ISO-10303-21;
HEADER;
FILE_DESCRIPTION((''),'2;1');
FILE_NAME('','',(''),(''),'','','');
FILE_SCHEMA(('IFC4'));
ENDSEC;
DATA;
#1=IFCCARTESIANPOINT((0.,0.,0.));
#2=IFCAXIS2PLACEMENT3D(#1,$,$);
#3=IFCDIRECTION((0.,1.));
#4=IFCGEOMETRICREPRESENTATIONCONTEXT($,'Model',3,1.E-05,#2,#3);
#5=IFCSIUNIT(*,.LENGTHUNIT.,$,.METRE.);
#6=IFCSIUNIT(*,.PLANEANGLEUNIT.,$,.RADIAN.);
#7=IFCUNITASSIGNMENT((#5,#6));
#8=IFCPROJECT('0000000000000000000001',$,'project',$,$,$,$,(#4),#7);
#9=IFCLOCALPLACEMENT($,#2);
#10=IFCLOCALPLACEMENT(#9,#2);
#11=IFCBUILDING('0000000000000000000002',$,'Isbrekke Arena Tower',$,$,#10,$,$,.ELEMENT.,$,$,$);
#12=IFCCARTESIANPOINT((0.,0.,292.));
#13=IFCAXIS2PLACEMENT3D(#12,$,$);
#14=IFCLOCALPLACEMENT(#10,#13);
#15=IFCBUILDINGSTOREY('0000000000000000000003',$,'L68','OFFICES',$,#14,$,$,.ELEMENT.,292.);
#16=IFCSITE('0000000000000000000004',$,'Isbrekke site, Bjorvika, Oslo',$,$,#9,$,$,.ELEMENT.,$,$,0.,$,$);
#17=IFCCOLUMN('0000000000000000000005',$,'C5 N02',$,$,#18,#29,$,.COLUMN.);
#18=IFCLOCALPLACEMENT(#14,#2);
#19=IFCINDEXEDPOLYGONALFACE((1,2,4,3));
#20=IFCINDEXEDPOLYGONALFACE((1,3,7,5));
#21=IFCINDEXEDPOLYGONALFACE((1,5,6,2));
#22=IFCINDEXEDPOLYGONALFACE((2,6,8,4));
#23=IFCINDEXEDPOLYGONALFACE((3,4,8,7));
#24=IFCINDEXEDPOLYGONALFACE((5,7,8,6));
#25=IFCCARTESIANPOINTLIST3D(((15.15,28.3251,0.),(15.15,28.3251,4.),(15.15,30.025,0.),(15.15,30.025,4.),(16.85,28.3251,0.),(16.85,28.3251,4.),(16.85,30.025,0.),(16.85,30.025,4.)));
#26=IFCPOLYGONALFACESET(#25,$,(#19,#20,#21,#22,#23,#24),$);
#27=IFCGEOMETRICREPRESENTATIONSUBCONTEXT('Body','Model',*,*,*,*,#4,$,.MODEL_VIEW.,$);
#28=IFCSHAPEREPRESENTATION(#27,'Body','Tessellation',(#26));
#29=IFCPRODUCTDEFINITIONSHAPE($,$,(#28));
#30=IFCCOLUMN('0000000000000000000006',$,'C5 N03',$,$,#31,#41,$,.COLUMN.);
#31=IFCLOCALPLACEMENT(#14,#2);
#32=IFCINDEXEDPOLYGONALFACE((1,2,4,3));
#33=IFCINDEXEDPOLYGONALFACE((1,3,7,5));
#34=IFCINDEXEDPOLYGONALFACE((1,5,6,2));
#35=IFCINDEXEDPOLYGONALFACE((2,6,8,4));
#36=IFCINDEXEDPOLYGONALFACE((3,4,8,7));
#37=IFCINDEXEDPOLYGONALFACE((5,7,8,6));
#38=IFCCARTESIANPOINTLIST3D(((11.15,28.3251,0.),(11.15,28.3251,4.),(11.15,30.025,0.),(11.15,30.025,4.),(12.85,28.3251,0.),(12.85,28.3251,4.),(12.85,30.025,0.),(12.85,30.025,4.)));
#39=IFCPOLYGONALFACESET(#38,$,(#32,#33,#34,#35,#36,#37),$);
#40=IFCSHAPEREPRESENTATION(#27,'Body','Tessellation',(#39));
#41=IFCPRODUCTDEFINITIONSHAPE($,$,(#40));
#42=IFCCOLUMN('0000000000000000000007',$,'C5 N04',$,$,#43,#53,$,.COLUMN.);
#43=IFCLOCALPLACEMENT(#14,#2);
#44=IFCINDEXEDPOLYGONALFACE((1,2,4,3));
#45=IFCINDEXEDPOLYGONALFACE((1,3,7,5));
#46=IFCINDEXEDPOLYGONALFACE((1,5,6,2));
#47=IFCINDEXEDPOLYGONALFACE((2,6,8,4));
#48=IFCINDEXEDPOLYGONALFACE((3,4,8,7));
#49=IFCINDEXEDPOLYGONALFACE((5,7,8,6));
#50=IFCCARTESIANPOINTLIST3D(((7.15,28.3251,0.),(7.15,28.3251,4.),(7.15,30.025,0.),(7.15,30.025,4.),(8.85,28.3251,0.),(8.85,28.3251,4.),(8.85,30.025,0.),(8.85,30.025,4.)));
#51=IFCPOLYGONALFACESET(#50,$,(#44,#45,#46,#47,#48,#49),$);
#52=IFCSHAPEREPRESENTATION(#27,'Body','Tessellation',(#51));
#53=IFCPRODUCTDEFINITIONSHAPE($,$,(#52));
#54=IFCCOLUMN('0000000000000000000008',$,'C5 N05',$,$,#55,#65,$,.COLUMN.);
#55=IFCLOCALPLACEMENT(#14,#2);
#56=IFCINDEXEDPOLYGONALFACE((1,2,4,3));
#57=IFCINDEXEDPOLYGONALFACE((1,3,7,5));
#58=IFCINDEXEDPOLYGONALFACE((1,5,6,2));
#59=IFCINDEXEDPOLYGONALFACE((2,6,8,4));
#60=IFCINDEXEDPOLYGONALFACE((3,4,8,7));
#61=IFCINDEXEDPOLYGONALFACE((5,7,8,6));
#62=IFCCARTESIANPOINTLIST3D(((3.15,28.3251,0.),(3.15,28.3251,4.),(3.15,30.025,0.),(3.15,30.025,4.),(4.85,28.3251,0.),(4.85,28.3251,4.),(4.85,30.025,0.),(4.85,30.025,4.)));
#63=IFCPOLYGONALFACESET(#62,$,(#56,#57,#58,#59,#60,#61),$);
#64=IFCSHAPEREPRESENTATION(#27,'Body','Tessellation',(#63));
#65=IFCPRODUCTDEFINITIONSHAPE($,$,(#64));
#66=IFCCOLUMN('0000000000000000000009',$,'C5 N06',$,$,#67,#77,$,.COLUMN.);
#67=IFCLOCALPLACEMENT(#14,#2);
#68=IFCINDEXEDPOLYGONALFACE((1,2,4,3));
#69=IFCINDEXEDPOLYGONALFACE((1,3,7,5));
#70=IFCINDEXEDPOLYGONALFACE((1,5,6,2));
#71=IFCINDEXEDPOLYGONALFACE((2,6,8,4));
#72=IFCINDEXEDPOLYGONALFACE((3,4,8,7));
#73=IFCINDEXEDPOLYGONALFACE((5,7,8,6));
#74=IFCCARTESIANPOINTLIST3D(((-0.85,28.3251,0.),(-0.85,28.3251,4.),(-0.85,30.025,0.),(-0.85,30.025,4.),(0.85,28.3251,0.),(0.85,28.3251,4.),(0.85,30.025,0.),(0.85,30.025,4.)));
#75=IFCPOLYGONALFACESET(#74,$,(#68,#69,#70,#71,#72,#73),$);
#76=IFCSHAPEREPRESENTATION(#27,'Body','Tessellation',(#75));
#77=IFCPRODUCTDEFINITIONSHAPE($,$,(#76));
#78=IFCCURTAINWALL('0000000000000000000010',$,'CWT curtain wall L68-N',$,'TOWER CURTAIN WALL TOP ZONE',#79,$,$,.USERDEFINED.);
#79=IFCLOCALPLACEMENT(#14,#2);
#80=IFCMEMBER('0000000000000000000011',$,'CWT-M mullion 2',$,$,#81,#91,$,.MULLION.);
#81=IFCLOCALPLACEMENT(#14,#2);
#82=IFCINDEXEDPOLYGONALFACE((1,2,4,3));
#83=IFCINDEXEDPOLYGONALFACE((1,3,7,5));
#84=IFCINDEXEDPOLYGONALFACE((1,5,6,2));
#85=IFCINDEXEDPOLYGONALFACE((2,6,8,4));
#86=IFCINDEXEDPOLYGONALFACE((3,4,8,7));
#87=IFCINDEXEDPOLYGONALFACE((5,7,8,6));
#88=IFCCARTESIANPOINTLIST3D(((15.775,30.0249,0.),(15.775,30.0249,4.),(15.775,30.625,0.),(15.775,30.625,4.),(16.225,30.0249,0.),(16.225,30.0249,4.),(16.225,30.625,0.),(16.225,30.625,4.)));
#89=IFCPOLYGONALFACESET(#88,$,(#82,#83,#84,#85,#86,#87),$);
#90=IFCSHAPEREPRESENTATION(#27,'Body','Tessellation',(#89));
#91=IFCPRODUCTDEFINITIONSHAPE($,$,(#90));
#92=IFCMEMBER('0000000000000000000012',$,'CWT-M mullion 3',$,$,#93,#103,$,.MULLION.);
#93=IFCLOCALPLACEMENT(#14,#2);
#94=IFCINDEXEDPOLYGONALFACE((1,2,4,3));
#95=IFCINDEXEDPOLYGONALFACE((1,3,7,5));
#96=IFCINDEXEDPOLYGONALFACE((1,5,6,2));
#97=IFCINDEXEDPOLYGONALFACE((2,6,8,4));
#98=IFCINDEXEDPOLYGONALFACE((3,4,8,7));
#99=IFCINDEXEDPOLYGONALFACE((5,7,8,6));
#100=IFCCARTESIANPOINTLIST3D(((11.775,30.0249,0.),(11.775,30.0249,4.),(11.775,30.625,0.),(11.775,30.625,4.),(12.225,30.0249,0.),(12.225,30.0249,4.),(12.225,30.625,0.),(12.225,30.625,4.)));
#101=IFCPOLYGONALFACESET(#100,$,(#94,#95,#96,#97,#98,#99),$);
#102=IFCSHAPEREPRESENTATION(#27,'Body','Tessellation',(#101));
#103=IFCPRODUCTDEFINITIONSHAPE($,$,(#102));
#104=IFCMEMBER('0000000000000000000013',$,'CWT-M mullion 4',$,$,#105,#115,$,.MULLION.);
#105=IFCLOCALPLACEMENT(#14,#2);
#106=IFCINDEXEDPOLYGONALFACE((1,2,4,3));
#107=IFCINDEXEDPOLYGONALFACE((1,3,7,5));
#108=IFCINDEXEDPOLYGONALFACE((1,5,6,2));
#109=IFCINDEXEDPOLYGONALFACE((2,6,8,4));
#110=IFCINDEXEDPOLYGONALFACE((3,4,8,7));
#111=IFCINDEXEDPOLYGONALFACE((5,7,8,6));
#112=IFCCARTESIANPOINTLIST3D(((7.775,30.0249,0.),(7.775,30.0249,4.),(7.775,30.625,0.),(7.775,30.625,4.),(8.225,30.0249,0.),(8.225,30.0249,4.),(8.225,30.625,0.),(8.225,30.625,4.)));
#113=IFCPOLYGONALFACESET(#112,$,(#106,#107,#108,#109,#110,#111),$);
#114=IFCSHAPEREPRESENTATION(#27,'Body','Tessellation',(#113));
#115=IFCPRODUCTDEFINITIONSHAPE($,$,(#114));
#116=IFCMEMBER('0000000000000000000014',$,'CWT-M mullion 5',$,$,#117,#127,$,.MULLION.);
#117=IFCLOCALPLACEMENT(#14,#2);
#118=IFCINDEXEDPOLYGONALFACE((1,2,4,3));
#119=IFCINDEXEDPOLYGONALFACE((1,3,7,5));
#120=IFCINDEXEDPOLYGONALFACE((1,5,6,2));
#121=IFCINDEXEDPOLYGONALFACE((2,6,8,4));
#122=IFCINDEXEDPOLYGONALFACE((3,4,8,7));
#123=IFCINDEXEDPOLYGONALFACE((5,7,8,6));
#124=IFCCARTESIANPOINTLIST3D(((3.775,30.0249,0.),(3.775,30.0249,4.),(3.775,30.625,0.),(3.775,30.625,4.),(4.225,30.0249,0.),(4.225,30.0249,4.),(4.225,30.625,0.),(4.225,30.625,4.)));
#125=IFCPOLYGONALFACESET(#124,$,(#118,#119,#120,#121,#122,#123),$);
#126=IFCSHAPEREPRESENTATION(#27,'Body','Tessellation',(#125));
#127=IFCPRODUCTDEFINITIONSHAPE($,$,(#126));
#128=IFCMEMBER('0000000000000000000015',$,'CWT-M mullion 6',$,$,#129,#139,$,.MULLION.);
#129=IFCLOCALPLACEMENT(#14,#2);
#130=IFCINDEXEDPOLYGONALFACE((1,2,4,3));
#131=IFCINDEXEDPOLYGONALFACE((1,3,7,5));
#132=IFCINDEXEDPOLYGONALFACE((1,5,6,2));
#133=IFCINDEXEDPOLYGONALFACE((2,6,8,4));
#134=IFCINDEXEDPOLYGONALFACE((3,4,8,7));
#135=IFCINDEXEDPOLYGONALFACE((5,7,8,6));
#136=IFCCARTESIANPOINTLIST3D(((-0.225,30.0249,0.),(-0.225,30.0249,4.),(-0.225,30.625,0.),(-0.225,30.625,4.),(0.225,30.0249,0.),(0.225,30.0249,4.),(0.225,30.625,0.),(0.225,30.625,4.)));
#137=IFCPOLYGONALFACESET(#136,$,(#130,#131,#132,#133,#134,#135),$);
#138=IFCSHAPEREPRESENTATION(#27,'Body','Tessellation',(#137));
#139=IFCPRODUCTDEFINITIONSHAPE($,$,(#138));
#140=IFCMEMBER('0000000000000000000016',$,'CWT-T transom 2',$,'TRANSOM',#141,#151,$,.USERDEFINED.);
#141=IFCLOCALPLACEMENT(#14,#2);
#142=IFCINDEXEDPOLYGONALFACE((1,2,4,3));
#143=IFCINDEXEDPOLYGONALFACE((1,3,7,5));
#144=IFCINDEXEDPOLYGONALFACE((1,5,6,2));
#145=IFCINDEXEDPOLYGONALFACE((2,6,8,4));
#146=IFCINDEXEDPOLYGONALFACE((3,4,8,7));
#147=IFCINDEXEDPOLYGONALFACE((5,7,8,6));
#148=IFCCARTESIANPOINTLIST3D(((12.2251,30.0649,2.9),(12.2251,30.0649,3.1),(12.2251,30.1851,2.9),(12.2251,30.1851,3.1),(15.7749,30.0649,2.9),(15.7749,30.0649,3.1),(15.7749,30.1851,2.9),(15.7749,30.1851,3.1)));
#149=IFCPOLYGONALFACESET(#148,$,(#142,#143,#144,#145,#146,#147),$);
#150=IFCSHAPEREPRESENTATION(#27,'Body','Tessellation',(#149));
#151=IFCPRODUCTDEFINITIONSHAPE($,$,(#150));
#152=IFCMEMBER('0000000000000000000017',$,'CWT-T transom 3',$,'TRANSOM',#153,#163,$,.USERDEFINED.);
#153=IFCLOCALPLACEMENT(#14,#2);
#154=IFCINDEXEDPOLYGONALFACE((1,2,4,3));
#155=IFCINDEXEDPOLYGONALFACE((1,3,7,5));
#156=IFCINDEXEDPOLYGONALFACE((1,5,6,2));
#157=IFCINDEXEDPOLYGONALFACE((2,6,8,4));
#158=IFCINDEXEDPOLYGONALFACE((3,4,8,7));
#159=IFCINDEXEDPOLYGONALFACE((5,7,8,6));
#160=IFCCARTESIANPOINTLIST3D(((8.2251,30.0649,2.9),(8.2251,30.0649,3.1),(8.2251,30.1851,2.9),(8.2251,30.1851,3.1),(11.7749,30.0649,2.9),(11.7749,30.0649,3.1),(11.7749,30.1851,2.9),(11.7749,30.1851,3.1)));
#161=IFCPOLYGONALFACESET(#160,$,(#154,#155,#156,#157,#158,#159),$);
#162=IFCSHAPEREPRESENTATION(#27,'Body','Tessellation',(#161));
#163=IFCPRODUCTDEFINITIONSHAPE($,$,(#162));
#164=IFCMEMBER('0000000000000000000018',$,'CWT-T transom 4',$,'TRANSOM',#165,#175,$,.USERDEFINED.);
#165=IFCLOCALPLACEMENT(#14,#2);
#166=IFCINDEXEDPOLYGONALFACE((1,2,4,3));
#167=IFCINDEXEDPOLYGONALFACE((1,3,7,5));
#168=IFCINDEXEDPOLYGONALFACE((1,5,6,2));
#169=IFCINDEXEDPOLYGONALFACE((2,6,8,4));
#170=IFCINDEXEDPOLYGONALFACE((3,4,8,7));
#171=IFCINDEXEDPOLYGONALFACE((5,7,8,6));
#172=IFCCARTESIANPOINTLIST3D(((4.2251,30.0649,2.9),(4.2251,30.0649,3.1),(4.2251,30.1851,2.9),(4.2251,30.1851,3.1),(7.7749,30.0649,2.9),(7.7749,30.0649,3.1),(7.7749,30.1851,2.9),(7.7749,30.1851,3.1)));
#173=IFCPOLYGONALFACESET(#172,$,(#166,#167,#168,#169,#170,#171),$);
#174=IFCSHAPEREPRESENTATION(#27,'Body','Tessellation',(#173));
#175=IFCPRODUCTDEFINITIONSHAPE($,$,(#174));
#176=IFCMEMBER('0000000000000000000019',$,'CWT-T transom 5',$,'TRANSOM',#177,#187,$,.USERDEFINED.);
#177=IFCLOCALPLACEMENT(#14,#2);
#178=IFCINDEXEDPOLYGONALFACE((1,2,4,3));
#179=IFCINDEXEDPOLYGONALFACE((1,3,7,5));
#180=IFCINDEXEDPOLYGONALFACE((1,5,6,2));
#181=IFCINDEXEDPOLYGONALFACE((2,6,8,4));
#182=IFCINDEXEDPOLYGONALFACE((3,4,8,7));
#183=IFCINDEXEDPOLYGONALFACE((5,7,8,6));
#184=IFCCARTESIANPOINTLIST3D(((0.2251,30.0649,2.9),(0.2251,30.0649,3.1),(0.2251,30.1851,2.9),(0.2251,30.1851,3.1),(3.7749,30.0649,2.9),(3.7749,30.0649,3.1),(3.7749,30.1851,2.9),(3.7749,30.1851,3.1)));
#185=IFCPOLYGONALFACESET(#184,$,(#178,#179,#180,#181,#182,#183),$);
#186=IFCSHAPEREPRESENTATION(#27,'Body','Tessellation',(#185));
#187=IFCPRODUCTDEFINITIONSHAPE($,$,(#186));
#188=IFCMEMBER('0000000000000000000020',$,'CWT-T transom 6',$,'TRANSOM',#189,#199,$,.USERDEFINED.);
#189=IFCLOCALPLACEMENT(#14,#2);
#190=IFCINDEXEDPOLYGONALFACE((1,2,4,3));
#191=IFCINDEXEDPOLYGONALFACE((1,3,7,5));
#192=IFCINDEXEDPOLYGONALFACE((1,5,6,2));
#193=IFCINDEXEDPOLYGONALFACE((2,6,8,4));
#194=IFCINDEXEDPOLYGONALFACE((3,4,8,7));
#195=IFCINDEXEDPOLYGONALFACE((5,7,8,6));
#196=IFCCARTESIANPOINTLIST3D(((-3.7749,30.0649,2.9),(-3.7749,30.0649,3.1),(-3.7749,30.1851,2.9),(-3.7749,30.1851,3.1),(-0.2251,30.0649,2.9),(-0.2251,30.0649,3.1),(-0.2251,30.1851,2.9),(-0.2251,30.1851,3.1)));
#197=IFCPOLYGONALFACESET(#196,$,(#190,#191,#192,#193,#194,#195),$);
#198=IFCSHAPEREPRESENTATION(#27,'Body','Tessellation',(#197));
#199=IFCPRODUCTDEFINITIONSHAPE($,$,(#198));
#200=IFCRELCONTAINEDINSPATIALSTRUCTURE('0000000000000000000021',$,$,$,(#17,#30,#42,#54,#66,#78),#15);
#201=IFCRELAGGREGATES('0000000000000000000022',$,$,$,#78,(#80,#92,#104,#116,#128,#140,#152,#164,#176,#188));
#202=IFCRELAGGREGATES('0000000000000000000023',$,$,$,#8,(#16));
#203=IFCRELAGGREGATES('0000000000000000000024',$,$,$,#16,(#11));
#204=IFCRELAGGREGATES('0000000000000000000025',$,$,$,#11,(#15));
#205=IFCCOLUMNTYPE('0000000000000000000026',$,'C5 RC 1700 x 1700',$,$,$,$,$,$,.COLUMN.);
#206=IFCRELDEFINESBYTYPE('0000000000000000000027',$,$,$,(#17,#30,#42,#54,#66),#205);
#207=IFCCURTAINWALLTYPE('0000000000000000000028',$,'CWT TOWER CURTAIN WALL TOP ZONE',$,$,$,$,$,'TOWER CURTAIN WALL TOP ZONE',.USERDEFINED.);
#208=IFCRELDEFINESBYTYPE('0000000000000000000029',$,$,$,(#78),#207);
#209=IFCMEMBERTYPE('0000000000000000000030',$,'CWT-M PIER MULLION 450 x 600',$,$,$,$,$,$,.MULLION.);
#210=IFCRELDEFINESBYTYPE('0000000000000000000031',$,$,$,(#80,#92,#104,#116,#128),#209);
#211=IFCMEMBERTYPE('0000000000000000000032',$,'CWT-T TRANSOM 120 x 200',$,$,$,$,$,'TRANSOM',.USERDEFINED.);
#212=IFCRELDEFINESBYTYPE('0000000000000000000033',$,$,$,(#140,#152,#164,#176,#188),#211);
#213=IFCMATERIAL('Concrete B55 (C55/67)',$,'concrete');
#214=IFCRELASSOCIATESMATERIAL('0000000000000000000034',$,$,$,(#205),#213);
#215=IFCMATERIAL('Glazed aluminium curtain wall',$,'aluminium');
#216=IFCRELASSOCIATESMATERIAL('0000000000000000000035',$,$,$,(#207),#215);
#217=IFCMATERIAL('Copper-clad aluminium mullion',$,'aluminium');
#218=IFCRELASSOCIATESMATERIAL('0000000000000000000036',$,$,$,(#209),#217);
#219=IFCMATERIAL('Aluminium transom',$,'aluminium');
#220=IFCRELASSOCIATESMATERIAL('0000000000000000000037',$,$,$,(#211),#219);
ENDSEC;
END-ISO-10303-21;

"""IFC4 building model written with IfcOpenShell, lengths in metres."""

from ifc_helpers import new_model, si_unit, direction, frame, origin, origin_2d, place, context, subcontext, project, spatial, rectangle, extrude, material, material_profile, profile_set, type_object, element, aggregate, save


model = new_model("IFC4")

# Units and contexts
model_context = context("Model", 3, precision=1e-05, world=origin(), true_north=direction((0.0, 1.0)))
body_context = subcontext(model_context, "Body", "Model", "MODEL_VIEW")
ifc_project = project(units=[si_unit("LENGTHUNIT", "METRE"), si_unit("PLANEANGLEUNIT", "RADIAN")], contexts=[model_context])

# Site, building, storey
site_placement = place(None, origin())
site = spatial("IfcSite", under=ifc_project, at=site_placement, Name="Isbrekke site, Bjorvika, Oslo", CompositionType="ELEMENT", RefElevation=0.0)
building_placement = place(site_placement, origin())
building = spatial("IfcBuilding", under=site, at=building_placement, Name="Isbrekke Arena Tower", CompositionType="ELEMENT")
storey_placement = place(building_placement, frame((0.0, 0.0, 292.0)))
storey = spatial("IfcBuildingStorey", under=building, at=storey_placement, Name="L68", Description="OFFICES", CompositionType="ELEMENT", Elevation=292.0)

# Columns
ifc_material_1 = material(Name="Concrete B55 (C55/67)", Category="concrete")
ifc_material_profile_1 = material_profile(ifc_material_1, rectangle(XDim=1.7, YDim=1.7, at=origin_2d()), Name="RC 1700x1700")
ifc_profile_set_1 = profile_set([ifc_material_profile_1], Name="Concrete B55 (C55/67)")
column_type = type_object("IfcColumnType", Name="C5 RC 1700 x 1700", PredefinedType="COLUMN", material=ifc_profile_set_1)
for number, where, z_axis, x_axis, name in (
    (1, (16.0, 29.175, 0.0), (0.0, 0.0, 1.0), (-1.0, 0.0, 0.0), "C5 N02"),
    (2, (12.0, 29.175, 0.0), (0.0, 0.0, 1.0), (-1.0, 0.0, 0.0), "C5 N03"),
    (3, (8.0, 29.175, 0.0), (0.0, 0.0, 1.0), (-1.0, 0.0, 0.0), "C5 N04"),
    (4, (4.0, 29.175, 0.0), (0.0, 0.0, 1.0), (-1.0, 0.0, 0.0), "C5 N05"),
    (5, (0.0, 29.175, 0.0), (0.0, 0.0, 1.0), (-1.0, 0.0, 0.0), "C5 N06"),
):
    element("IfcColumn", number, at=place(storey_placement, frame(where, z_axis=z_axis, x_axis=x_axis)), inside=storey, type_object=column_type, Name=name, PredefinedType="COLUMN", context=body_context, shape_type="SweptSolid", body=[
        extrude(rectangle(XDim=1.7, YDim=1.7, at=origin_2d()), origin(), (0.0, 0.0, 1.0), 4.0),
    ])

# Curtain wall, members
ifc_material_2 = material(Name="Glazed aluminium curtain wall", Category="aluminium")
curtain_wall_type = type_object("IfcCurtainWallType", Name="CWT TOWER CURTAIN WALL TOP ZONE", ElementType="TOWER CURTAIN WALL TOP ZONE", PredefinedType="USERDEFINED", material=ifc_material_2)
curtain_wall_placement = place(storey_placement, origin())
curtain_wall = element("IfcCurtainWall", 6, at=curtain_wall_placement, inside=storey, type_object=curtain_wall_type, Name="CWT curtain wall L68-N", ObjectType="TOWER CURTAIN WALL TOP ZONE", PredefinedType="USERDEFINED")
ifc_material_3 = material(Name="Copper-clad aluminium mullion", Category="aluminium")
ifc_material_profile_2 = material_profile(ifc_material_3, rectangle(XDim=0.45, YDim=0.6001, at=origin_2d()), Name="PIER 450X600")
ifc_profile_set_2 = profile_set([ifc_material_profile_2], Name="Copper-clad aluminium mullion")
member_type_1 = type_object("IfcMemberType", Name="CWT-M PIER MULLION 450 x 600", PredefinedType="MULLION", material=ifc_profile_set_2)
member_1_placement = place(storey_placement, frame((16.0, 30.325, 0.0), z_axis=(0.0, 0.0, 1.0), x_axis=(-1.0, 0.0, 0.0)))
member_1 = element("IfcMember", 7, at=member_1_placement, type_object=member_type_1, Name="CWT-M mullion 2", PredefinedType="MULLION", context=body_context, shape_type="SweptSolid", body=[
    extrude(rectangle(XDim=0.45, YDim=0.6001, at=origin_2d()), origin(), (0.0, 0.0, 1.0), 4.0),
])
member_2_placement = place(storey_placement, frame((12.0, 30.325, 0.0), z_axis=(0.0, 0.0, 1.0), x_axis=(-1.0, 0.0, 0.0)))
member_2 = element("IfcMember", 8, at=member_2_placement, type_object=member_type_1, Name="CWT-M mullion 3", PredefinedType="MULLION", context=body_context, shape_type="SweptSolid", body=[
    extrude(rectangle(XDim=0.45, YDim=0.6001, at=origin_2d()), origin(), (0.0, 0.0, 1.0), 4.0),
])
member_3_placement = place(storey_placement, frame((8.0, 30.325, 0.0), z_axis=(0.0, 0.0, 1.0), x_axis=(-1.0, 0.0, 0.0)))
member_3 = element("IfcMember", 9, at=member_3_placement, type_object=member_type_1, Name="CWT-M mullion 4", PredefinedType="MULLION", context=body_context, shape_type="SweptSolid", body=[
    extrude(rectangle(XDim=0.45, YDim=0.6001, at=origin_2d()), origin(), (0.0, 0.0, 1.0), 4.0),
])
member_4_placement = place(storey_placement, frame((4.0, 30.325, 0.0), z_axis=(0.0, 0.0, 1.0), x_axis=(-1.0, 0.0, 0.0)))
member_4 = element("IfcMember", 10, at=member_4_placement, type_object=member_type_1, Name="CWT-M mullion 5", PredefinedType="MULLION", context=body_context, shape_type="SweptSolid", body=[
    extrude(rectangle(XDim=0.45, YDim=0.6001, at=origin_2d()), origin(), (0.0, 0.0, 1.0), 4.0),
])
member_5_placement = place(storey_placement, frame((0.0, 30.325, 0.0), z_axis=(0.0, 0.0, 1.0), x_axis=(-1.0, 0.0, 0.0)))
member_5 = element("IfcMember", 11, at=member_5_placement, type_object=member_type_1, Name="CWT-M mullion 6", PredefinedType="MULLION", context=body_context, shape_type="SweptSolid", body=[
    extrude(rectangle(XDim=0.45, YDim=0.6001, at=origin_2d()), origin(), (0.0, 0.0, 1.0), 4.0),
])
ifc_material_4 = material(Name="Aluminium transom", Category="aluminium")
ifc_material_profile_3 = material_profile(ifc_material_4, rectangle(XDim=0.1201, YDim=0.2, at=origin_2d()), Name="TRANSOM 120X200")
ifc_profile_set_3 = profile_set([ifc_material_profile_3], Name="Aluminium transom")
member_type_2 = type_object("IfcMemberType", Name="CWT-T TRANSOM 120 x 200", ElementType="TRANSOM", PredefinedType="USERDEFINED", material=ifc_profile_set_3)
member_6_placement = place(storey_placement, frame((15.7749, 30.125, 3.0), z_axis=(-1.0, 0.0, 0.0), x_axis=(0.0, -1.0, 0.0)))
member_6 = element("IfcMember", 12, at=member_6_placement, type_object=member_type_2, Name="CWT-T transom 2", ObjectType="TRANSOM", PredefinedType="USERDEFINED", context=body_context, shape_type="SweptSolid", body=[
    extrude(rectangle(XDim=0.1201, YDim=0.2, at=origin_2d()), origin(), (0.0, 0.0, 1.0), 3.5498),
])
member_7_placement = place(storey_placement, frame((11.7749, 30.125, 3.0), z_axis=(-1.0, 0.0, 0.0), x_axis=(0.0, -1.0, 0.0)))
member_7 = element("IfcMember", 13, at=member_7_placement, type_object=member_type_2, Name="CWT-T transom 3", ObjectType="TRANSOM", PredefinedType="USERDEFINED", context=body_context, shape_type="SweptSolid", body=[
    extrude(rectangle(XDim=0.1201, YDim=0.2, at=origin_2d()), origin(), (0.0, 0.0, 1.0), 3.5498),
])
member_8_placement = place(storey_placement, frame((7.7749, 30.125, 3.0), z_axis=(-1.0, 0.0, 0.0), x_axis=(0.0, -1.0, 0.0)))
member_8 = element("IfcMember", 14, at=member_8_placement, type_object=member_type_2, Name="CWT-T transom 4", ObjectType="TRANSOM", PredefinedType="USERDEFINED", context=body_context, shape_type="SweptSolid", body=[
    extrude(rectangle(XDim=0.1201, YDim=0.2, at=origin_2d()), origin(), (0.0, 0.0, 1.0), 3.5498),
])
member_9_placement = place(storey_placement, frame((3.7749, 30.125, 3.0), z_axis=(-1.0, 0.0, 0.0), x_axis=(0.0, -1.0, 0.0)))
member_9 = element("IfcMember", 15, at=member_9_placement, type_object=member_type_2, Name="CWT-T transom 5", ObjectType="TRANSOM", PredefinedType="USERDEFINED", context=body_context, shape_type="SweptSolid", body=[
    extrude(rectangle(XDim=0.1201, YDim=0.2, at=origin_2d()), origin(), (0.0, 0.0, 1.0), 3.5498),
])
member_10_placement = place(storey_placement, frame((-0.2251, 30.125, 3.0), z_axis=(-1.0, 0.0, 0.0), x_axis=(0.0, -1.0, 0.0)))
member_10 = element("IfcMember", 16, at=member_10_placement, type_object=member_type_2, Name="CWT-T transom 6", ObjectType="TRANSOM", PredefinedType="USERDEFINED", context=body_context, shape_type="SweptSolid", body=[
    extrude(rectangle(XDim=0.1201, YDim=0.2, at=origin_2d()), origin(), (0.0, 0.0, 1.0), 3.5498),
])

aggregate(curtain_wall, [member_1, member_2, member_3, member_4, member_5, member_6, member_7, member_8, member_9, member_10])

save(model, "model.ifc")
